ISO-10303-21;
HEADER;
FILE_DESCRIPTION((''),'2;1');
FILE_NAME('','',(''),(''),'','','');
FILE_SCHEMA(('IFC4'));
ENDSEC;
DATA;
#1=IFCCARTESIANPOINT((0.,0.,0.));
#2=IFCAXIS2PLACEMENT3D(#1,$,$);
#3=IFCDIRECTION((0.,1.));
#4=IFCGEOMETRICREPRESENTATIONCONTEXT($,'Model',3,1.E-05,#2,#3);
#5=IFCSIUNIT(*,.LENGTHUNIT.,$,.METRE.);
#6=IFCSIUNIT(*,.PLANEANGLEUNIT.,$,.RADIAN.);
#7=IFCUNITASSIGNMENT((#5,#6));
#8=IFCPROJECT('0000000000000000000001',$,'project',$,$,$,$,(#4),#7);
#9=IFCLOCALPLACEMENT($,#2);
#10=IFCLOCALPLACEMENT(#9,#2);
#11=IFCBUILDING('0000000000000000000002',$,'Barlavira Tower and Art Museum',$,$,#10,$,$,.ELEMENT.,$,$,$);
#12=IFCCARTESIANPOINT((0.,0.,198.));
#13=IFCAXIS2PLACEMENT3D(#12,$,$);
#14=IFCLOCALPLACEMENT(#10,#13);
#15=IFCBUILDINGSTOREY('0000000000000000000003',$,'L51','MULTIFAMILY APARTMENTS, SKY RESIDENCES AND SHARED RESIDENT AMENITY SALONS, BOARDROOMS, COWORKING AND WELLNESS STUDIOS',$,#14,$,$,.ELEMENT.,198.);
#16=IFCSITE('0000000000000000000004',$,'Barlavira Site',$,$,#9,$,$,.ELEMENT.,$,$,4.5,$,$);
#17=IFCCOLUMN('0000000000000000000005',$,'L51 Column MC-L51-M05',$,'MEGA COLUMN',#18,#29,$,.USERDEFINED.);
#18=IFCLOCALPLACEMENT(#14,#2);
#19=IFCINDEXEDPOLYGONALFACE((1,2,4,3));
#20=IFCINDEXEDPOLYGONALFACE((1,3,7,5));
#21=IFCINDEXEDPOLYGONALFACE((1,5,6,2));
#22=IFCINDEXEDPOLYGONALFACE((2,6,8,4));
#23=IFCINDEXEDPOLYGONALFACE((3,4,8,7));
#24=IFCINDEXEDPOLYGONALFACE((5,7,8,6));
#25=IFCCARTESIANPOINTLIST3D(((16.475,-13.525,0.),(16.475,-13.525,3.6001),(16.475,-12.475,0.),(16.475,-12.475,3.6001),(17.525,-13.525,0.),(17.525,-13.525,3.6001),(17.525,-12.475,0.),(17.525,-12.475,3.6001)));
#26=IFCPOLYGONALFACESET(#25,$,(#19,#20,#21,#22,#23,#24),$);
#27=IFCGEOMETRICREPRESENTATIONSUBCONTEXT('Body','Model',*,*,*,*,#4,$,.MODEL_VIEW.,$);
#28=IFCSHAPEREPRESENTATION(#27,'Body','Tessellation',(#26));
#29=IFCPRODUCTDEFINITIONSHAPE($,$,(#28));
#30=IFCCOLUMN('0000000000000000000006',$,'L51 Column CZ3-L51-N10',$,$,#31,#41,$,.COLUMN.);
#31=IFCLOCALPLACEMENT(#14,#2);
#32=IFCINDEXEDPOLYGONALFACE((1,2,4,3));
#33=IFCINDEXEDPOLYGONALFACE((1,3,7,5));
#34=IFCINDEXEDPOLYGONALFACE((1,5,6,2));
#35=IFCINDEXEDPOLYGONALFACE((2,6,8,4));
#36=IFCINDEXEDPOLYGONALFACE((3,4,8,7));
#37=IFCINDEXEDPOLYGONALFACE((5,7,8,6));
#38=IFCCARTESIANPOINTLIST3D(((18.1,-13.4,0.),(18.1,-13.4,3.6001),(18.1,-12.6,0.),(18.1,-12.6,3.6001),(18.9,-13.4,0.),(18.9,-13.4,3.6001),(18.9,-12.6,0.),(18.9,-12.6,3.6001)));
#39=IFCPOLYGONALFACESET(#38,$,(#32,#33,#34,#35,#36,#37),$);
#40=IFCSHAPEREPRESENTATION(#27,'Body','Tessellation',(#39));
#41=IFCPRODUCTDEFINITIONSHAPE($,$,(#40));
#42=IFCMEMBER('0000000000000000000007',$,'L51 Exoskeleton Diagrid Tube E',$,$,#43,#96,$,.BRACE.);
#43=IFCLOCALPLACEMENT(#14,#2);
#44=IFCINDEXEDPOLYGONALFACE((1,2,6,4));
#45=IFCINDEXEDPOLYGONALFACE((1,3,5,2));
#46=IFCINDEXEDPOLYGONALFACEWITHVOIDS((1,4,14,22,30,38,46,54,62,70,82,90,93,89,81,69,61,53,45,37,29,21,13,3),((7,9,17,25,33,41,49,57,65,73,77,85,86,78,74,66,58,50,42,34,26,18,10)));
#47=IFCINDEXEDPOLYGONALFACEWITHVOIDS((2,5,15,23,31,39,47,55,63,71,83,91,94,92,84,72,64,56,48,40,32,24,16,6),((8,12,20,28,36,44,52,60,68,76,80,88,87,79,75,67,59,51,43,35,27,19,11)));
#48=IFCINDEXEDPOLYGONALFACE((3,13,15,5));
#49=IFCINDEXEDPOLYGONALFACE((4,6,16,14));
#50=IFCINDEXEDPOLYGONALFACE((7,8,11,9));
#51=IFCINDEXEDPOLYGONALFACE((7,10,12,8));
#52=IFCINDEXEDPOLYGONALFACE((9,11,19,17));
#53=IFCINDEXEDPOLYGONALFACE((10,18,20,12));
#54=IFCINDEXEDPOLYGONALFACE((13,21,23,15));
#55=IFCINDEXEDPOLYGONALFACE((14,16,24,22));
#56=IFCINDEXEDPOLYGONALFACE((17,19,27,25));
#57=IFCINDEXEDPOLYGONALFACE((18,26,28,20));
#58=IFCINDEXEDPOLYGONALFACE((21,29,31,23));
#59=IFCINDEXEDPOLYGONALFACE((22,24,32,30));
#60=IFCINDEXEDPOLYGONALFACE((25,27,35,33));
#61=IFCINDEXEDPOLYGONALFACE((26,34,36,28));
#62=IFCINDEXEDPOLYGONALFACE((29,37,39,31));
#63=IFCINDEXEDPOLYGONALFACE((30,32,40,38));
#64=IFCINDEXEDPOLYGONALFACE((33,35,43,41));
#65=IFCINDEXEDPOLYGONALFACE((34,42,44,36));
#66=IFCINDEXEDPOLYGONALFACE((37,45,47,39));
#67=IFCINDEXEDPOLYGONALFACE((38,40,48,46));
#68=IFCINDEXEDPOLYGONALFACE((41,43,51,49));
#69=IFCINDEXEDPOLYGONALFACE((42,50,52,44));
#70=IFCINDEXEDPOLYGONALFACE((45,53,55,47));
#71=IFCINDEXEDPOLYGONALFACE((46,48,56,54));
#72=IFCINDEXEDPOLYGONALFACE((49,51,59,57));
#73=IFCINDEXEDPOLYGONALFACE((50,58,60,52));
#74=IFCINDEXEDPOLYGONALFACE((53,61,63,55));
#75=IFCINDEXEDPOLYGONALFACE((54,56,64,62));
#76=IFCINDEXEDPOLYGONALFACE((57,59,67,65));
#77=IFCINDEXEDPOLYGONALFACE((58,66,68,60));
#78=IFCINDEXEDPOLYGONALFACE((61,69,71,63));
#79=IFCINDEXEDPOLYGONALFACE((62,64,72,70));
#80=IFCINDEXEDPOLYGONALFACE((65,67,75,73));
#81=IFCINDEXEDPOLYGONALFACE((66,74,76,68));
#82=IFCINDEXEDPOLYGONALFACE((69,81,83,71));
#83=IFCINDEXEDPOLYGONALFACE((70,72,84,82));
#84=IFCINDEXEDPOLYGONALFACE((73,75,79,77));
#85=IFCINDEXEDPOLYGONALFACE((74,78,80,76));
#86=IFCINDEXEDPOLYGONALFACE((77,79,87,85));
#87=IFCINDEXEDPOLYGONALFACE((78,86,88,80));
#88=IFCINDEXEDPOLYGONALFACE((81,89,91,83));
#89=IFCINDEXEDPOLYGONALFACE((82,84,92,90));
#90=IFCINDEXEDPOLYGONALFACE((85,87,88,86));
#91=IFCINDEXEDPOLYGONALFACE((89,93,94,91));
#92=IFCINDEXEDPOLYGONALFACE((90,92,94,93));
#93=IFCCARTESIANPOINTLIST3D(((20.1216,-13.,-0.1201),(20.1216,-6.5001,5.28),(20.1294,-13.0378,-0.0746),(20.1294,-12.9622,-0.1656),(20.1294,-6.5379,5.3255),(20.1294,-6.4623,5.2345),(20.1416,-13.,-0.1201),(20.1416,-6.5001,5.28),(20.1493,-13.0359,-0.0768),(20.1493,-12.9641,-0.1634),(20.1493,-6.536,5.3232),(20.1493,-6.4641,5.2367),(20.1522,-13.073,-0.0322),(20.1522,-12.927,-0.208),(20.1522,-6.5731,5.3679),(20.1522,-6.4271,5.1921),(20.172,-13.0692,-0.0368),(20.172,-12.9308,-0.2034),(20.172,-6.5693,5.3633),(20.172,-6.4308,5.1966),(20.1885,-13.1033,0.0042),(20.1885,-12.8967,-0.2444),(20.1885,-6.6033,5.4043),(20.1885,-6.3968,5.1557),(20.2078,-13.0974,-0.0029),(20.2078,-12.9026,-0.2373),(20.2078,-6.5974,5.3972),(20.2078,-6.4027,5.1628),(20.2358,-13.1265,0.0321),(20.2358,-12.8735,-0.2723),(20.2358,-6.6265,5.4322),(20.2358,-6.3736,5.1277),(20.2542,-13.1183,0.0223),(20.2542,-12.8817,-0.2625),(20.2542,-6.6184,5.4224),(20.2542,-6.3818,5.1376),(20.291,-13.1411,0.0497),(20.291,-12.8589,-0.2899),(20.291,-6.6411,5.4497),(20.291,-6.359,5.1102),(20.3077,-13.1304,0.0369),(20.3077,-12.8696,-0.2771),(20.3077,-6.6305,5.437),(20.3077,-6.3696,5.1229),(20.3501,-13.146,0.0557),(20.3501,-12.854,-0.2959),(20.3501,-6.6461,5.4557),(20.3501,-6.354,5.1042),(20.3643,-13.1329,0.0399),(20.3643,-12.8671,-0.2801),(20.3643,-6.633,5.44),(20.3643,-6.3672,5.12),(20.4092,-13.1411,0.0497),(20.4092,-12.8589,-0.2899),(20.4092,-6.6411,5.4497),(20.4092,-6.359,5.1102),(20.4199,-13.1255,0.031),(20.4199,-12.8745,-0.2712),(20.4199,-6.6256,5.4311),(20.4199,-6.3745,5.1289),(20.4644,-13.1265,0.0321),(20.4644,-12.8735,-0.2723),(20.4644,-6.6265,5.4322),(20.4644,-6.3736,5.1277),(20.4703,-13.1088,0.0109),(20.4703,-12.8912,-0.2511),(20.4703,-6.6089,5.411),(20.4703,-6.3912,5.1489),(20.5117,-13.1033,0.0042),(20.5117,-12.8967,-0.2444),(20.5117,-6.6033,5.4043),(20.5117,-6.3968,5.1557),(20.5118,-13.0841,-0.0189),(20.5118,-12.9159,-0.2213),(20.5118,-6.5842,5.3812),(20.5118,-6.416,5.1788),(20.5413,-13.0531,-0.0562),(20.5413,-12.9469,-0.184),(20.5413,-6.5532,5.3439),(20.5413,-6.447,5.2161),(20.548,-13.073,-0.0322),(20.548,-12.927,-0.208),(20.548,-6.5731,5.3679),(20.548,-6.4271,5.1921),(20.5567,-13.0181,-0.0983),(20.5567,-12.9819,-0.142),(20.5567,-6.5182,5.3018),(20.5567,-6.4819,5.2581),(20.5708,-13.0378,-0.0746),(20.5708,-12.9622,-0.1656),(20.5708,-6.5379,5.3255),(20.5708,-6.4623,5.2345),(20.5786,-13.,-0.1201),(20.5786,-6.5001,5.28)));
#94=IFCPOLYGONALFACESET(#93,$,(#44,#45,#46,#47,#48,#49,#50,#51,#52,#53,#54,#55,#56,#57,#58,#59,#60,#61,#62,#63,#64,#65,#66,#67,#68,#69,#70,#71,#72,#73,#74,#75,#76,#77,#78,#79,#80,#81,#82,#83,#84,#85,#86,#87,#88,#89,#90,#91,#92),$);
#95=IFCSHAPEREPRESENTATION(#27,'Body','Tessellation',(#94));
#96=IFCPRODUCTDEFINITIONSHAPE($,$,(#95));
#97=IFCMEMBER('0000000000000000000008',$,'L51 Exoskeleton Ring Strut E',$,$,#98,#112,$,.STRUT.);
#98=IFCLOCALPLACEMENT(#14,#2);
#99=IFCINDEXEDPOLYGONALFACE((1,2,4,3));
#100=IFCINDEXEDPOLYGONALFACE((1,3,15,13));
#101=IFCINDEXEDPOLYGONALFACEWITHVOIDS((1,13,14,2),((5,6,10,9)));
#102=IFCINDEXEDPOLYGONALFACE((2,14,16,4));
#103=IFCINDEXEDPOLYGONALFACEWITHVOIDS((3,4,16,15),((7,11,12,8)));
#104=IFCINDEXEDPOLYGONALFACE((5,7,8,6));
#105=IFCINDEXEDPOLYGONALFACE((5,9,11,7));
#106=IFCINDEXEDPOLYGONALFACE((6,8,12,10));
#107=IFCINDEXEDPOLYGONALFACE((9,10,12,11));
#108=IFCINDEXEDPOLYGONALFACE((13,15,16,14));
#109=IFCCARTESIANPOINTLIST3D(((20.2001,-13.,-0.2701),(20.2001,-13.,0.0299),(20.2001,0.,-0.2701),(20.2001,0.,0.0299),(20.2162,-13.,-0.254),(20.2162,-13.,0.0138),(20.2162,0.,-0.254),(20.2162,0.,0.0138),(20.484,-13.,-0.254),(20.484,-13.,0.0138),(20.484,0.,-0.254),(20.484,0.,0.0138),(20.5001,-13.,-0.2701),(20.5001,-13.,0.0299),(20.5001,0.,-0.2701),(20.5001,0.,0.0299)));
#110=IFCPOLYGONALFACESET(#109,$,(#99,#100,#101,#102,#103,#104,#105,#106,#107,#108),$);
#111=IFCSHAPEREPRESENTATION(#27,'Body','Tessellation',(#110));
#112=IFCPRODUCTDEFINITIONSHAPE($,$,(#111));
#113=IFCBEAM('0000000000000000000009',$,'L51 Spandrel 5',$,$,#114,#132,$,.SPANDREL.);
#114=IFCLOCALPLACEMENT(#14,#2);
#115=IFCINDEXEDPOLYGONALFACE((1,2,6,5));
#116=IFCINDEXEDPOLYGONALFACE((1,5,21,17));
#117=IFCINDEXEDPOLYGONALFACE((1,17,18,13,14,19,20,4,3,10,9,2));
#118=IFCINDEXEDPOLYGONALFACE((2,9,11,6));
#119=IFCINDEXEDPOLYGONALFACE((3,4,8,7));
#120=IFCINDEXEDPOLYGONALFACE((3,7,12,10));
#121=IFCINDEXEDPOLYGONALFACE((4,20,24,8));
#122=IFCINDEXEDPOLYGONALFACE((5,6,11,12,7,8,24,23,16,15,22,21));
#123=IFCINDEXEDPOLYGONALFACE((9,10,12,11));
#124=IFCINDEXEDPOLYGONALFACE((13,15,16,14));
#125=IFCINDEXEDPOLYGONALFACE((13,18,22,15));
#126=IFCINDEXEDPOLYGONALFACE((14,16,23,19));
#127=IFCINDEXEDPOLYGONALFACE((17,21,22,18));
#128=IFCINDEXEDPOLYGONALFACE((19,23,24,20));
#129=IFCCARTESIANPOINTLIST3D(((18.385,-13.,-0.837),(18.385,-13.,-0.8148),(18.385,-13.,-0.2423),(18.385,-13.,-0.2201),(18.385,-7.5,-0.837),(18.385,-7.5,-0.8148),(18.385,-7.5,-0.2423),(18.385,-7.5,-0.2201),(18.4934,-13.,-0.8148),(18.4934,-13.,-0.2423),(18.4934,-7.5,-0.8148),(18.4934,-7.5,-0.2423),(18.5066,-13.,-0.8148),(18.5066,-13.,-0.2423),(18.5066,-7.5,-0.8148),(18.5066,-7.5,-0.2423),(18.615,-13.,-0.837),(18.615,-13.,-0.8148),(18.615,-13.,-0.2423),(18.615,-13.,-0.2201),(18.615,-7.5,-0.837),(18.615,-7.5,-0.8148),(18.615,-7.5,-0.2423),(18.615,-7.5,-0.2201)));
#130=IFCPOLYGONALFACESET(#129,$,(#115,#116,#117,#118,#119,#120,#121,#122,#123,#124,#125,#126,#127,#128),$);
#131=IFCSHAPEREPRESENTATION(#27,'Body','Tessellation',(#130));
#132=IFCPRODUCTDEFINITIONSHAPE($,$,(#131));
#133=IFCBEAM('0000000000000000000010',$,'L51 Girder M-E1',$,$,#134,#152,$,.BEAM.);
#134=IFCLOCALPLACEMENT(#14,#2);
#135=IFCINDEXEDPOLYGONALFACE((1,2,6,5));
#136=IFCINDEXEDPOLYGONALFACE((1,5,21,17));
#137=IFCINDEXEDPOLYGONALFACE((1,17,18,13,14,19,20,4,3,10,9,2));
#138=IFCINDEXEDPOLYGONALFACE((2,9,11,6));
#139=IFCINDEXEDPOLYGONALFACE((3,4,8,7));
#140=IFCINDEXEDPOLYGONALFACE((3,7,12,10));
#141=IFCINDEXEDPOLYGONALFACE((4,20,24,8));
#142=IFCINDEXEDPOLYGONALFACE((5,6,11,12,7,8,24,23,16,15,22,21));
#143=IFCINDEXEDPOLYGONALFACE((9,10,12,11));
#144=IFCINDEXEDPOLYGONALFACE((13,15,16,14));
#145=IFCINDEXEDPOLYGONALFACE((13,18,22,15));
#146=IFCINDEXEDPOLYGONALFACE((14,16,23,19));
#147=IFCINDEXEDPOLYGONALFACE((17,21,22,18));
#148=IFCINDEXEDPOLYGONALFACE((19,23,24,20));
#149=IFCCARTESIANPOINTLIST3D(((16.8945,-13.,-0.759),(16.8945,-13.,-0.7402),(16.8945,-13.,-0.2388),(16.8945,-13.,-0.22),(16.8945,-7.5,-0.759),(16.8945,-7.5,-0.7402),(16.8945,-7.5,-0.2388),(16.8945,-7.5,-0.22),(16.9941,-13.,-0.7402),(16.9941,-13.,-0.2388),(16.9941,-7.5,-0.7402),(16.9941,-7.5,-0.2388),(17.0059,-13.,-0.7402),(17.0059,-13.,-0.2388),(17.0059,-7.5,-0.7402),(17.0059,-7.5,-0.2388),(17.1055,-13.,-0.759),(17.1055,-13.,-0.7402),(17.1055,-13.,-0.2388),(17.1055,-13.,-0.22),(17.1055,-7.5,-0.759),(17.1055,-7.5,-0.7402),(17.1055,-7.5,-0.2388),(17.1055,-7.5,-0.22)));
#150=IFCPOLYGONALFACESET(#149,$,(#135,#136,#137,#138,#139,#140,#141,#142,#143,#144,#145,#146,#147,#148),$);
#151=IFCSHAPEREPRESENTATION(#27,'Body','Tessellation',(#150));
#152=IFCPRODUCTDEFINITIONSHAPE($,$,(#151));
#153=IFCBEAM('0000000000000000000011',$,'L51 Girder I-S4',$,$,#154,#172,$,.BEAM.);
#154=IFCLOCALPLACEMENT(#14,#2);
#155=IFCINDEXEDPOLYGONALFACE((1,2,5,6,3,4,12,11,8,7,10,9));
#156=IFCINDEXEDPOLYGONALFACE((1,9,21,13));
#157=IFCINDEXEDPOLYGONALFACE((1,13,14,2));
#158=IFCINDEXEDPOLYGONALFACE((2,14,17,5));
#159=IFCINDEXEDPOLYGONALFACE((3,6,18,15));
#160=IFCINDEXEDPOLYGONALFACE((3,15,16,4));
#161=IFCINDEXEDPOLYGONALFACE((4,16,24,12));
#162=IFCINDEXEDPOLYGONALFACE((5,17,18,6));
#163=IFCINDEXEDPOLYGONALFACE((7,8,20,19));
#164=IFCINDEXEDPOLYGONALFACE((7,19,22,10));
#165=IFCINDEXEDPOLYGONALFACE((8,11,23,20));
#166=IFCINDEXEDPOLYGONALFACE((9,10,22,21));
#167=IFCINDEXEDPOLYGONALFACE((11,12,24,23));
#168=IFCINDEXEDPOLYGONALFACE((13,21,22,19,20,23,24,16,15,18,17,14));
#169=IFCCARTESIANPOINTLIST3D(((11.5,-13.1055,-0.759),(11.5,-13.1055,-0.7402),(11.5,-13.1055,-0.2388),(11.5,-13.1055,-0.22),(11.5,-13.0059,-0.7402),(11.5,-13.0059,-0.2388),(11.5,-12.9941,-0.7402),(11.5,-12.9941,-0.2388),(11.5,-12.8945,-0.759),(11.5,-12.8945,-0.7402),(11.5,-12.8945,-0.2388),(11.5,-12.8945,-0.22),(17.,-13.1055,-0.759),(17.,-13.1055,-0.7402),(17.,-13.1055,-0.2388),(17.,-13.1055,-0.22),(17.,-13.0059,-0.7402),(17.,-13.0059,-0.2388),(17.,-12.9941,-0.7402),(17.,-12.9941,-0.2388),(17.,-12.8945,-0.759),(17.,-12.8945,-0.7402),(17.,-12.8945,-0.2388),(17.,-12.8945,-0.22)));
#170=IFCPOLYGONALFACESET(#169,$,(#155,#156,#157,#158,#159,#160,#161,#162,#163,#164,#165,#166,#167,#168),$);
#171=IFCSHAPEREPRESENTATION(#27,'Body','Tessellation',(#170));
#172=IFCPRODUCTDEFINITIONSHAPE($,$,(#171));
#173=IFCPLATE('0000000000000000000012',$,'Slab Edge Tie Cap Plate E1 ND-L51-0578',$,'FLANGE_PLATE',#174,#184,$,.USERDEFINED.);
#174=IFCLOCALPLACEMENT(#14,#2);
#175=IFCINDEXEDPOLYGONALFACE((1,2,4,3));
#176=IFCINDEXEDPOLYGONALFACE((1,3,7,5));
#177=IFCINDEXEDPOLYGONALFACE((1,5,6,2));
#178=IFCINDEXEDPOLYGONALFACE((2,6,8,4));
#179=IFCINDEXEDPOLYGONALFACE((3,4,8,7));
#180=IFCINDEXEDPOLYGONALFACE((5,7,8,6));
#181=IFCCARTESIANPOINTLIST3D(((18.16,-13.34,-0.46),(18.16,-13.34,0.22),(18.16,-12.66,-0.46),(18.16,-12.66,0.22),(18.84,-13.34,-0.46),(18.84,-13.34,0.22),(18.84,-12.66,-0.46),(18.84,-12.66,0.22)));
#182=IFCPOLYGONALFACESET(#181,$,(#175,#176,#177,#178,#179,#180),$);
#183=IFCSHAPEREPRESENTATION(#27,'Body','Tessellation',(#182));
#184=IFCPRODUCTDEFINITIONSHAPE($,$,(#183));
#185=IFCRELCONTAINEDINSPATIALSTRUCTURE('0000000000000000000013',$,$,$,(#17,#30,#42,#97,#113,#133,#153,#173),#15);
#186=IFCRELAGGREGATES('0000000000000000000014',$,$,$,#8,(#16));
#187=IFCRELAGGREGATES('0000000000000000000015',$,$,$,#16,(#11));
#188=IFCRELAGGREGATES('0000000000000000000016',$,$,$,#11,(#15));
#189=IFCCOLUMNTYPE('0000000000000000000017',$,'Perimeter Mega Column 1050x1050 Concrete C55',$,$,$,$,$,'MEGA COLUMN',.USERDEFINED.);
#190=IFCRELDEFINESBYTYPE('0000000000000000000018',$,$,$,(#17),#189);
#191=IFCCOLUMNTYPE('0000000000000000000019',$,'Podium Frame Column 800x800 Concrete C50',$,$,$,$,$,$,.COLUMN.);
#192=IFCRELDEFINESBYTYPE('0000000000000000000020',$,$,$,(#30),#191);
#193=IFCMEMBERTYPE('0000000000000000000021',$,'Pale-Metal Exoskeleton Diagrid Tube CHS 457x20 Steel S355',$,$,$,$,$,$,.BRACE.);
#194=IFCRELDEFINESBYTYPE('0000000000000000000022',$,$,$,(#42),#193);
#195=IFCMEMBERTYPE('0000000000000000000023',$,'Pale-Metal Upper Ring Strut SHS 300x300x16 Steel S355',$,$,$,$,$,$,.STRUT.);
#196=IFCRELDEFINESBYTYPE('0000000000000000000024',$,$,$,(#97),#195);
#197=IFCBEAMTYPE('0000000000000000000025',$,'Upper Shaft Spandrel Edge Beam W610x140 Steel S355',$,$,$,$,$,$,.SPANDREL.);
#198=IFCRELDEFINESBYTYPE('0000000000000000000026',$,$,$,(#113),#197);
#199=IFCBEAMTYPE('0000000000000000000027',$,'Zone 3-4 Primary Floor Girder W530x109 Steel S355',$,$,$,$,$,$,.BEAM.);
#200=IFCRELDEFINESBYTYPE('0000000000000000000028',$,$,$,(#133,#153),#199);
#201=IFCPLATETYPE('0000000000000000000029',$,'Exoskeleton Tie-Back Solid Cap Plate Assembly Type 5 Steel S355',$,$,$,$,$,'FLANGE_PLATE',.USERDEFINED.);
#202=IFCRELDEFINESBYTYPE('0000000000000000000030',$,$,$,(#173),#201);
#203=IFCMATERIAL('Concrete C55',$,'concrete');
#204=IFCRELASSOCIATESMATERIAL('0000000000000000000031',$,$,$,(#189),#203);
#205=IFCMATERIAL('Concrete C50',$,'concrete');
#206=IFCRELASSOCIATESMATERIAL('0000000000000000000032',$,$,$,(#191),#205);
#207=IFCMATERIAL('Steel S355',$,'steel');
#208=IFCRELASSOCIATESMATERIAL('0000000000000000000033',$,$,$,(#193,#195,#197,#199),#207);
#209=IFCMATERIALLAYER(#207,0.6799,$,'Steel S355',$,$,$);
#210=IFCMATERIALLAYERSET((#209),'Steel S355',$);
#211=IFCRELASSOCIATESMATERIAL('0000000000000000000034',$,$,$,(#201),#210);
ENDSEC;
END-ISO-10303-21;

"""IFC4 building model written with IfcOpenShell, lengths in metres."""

from ifc_helpers import new_model, si_unit, direction, frame, origin, origin_2d, place, context, subcontext, project, spatial, rectangle, hollow_rectangle, hollow_circle, i_section, extrude, material, layer, layer_set, material_profile, profile_set, type_object, element, save


model = new_model("IFC4")

# Units and contexts
model_context = context("Model", 3, precision=1e-05, world=origin(), true_north=direction((0.0, 1.0)))
body_context = subcontext(model_context, "Body", "Model", "MODEL_VIEW")
ifc_project = project(units=[si_unit("LENGTHUNIT", "METRE"), si_unit("PLANEANGLEUNIT", "RADIAN")], contexts=[model_context])

# Site, building, storey
site_placement = place(None, origin())
site = spatial("IfcSite", under=ifc_project, at=site_placement, Name="Barlavira Site", CompositionType="ELEMENT", RefElevation=4.5)
building_placement = place(site_placement, origin())
building = spatial("IfcBuilding", under=site, at=building_placement, Name="Barlavira Tower and Art Museum", CompositionType="ELEMENT")
storey_placement = place(building_placement, frame((0.0, 0.0, 198.0)))
storey = spatial("IfcBuildingStorey", under=building, at=storey_placement, Name="L51", Description="MULTIFAMILY APARTMENTS, SKY RESIDENCES AND SHARED RESIDENT AMENITY SALONS, BOARDROOMS, COWORKING AND WELLNESS STUDIOS", CompositionType="ELEMENT", Elevation=198.0)

# Columns
ifc_material_1 = material(Name="Concrete C55", Category="concrete")
ifc_material_profile_1 = material_profile(ifc_material_1, rectangle(XDim=1.05, YDim=1.05, at=origin_2d()), Name="RC-COL 1050x1050")
ifc_profile_set_1 = profile_set([ifc_material_profile_1], Name="Concrete C55")
column_type_1 = type_object("IfcColumnType", Name="Perimeter Mega Column 1050x1050 Concrete C55", ElementType="MEGA COLUMN", PredefinedType="USERDEFINED", material=ifc_profile_set_1)
column_1_placement = place(storey_placement, frame((17.0, -13.0, 0.0), z_axis=(0.0, 0.0, 1.0), x_axis=(1.0, 0.0, 0.0)))
element("IfcColumn", 1, at=column_1_placement, inside=storey, type_object=column_type_1, Name="L51 Column MC-L51-M05", ObjectType="MEGA COLUMN", PredefinedType="USERDEFINED", context=body_context, shape_type="SweptSolid", body=[
    extrude(rectangle(XDim=1.05, YDim=1.05, at=origin_2d()), origin(), (0.0, 0.0, 1.0), 3.6001),
])
ifc_material_2 = material(Name="Concrete C50", Category="concrete")
ifc_material_profile_2 = material_profile(ifc_material_2, rectangle(XDim=0.8, YDim=0.8, at=origin_2d()), Name="RC-COL 800x800")
ifc_profile_set_2 = profile_set([ifc_material_profile_2], Name="Concrete C50")
column_type_2 = type_object("IfcColumnType", Name="Podium Frame Column 800x800 Concrete C50", PredefinedType="COLUMN", material=ifc_profile_set_2)
column_2_placement = place(storey_placement, frame((18.5, -13.0, 0.0), z_axis=(0.0, 0.0, 1.0), x_axis=(1.0, 0.0, 0.0)))
element("IfcColumn", 2, at=column_2_placement, inside=storey, type_object=column_type_2, Name="L51 Column CZ3-L51-N10", PredefinedType="COLUMN", context=body_context, shape_type="SweptSolid", body=[
    extrude(rectangle(XDim=0.8, YDim=0.8, at=origin_2d()), origin(), (0.0, 0.0, 1.0), 3.6001),
])

# Members
ifc_material_3 = material(Name="Steel S355", Category="steel")
ifc_material_profile_3 = material_profile(ifc_material_3, hollow_circle(Radius=0.2285, WallThickness=0.02, at=origin_2d()), Name="CHS 457.0x20.0")
ifc_profile_set_3 = profile_set([ifc_material_profile_3], Name="Steel S355")
member_type_1 = type_object("IfcMemberType", Name="Pale-Metal Exoskeleton Diagrid Tube CHS 457x20 Steel S355", PredefinedType="BRACE", material=ifc_profile_set_3)
member_1_placement = place(storey_placement, frame((20.3501, -13.0, -0.1201), z_axis=(0.0, 0.769182, 0.63903), x_axis=(-1.0, 0.0, 0.0)))
element("IfcMember", 3, at=member_1_placement, inside=storey, type_object=member_type_1, Name="L51 Exoskeleton Diagrid Tube E", PredefinedType="BRACE", context=body_context, shape_type="SweptSolid", body=[
    extrude(hollow_circle(Radius=0.2285, WallThickness=0.02, at=origin_2d()), origin(), (0.0, 0.0, 1.0), 8.4504),
])
ifc_material_profile_4 = material_profile(ifc_material_3, hollow_rectangle(XDim=0.3, YDim=0.3, WallThickness=0.0161, at=origin_2d()), Name="SHS 300x300x16.0")
ifc_profile_set_4 = profile_set([ifc_material_profile_4], Name="Steel S355")
member_type_2 = type_object("IfcMemberType", Name="Pale-Metal Upper Ring Strut SHS 300x300x16 Steel S355", PredefinedType="STRUT", material=ifc_profile_set_4)
member_2_placement = place(storey_placement, frame((20.3501, -13.0, -0.1201), z_axis=(0.0, 1.0, 0.0), x_axis=(-1.0, 0.0, 0.0)))
element("IfcMember", 4, at=member_2_placement, inside=storey, type_object=member_type_2, Name="L51 Exoskeleton Ring Strut E", PredefinedType="STRUT", context=body_context, shape_type="SweptSolid", body=[
    extrude(hollow_rectangle(XDim=0.3, YDim=0.3, WallThickness=0.0161, at=origin_2d()), origin(), (0.0, 0.0, 1.0), 13.0),
])

# Beams
ifc_material_profile_5 = material_profile(ifc_material_3, i_section(OverallWidth=0.23, OverallDepth=0.6169, WebThickness=0.0132, FlangeThickness=0.0222, at=origin_2d()), Name="W610x140.0")
ifc_profile_set_5 = profile_set([ifc_material_profile_5], Name="Steel S355")
beam_type_1 = type_object("IfcBeamType", Name="Upper Shaft Spandrel Edge Beam W610x140 Steel S355", PredefinedType="SPANDREL", material=ifc_profile_set_5)
beam_placement = place(storey_placement, frame((18.5, -13.0, -0.5286), z_axis=(0.0, 1.0, 0.0), x_axis=(-1.0, 0.0, 0.0)))
element("IfcBeam", 5, at=beam_placement, inside=storey, type_object=beam_type_1, Name="L51 Spandrel 5", PredefinedType="SPANDREL", context=body_context, shape_type="SweptSolid", body=[
    extrude(i_section(OverallWidth=0.23, OverallDepth=0.6169, WebThickness=0.0132, FlangeThickness=0.0222, at=origin_2d()), origin(), (0.0, 0.0, 1.0), 5.5),
])
ifc_material_profile_6 = material_profile(ifc_material_3, i_section(OverallWidth=0.2109, OverallDepth=0.5391, WebThickness=0.0117, FlangeThickness=0.0188, at=origin_2d()), Name="W530x109.0")
ifc_profile_set_6 = profile_set([ifc_material_profile_6], Name="Steel S355")
beam_type_2 = type_object("IfcBeamType", Name="Zone 3-4 Primary Floor Girder W530x109 Steel S355", PredefinedType="BEAM", material=ifc_profile_set_6)
for number, where, z_axis, x_axis, name in (
    (6, (17.0, -13.0, -0.4895), (0.0, 1.0, 0.0), (-1.0, 0.0, 0.0), "L51 Girder M-E1"),
    (7, (11.5, -13.0, -0.4895), (1.0, 0.0, 0.0), (0.0, 1.0, 0.0), "L51 Girder I-S4"),
):
    element("IfcBeam", number, at=place(storey_placement, frame(where, z_axis=z_axis, x_axis=x_axis)), inside=storey, type_object=beam_type_2, Name=name, PredefinedType="BEAM", context=body_context, shape_type="SweptSolid", body=[
        extrude(i_section(OverallWidth=0.2109, OverallDepth=0.5391, WebThickness=0.0117, FlangeThickness=0.0188, at=origin_2d()), origin(), (0.0, 0.0, 1.0), 5.5),
    ])

# Plate
ifc_layer_1 = layer(ifc_material_3, 0.6799, Name="Steel S355")
ifc_layer_set_1 = layer_set([ifc_layer_1], Name="Steel S355")
plate_type = type_object("IfcPlateType", Name="Exoskeleton Tie-Back Solid Cap Plate Assembly Type 5 Steel S355", ElementType="FLANGE_PLATE", PredefinedType="USERDEFINED", material=ifc_layer_set_1)
plate_placement = place(storey_placement, frame((18.5, -13.0, -0.46), z_axis=(0.0, 0.0, 1.0), x_axis=(1.0, 0.0, 0.0)))
element("IfcPlate", 8, at=plate_placement, inside=storey, type_object=plate_type, Name="Slab Edge Tie Cap Plate E1 ND-L51-0578", ObjectType="FLANGE_PLATE", PredefinedType="USERDEFINED", context=body_context, shape_type="SweptSolid", body=[
    extrude(rectangle(XDim=0.6799, YDim=0.6799, at=origin_2d()), origin(), (0.0, 0.0, 1.0), 0.6799),
])

save(model, "model.ifc")
